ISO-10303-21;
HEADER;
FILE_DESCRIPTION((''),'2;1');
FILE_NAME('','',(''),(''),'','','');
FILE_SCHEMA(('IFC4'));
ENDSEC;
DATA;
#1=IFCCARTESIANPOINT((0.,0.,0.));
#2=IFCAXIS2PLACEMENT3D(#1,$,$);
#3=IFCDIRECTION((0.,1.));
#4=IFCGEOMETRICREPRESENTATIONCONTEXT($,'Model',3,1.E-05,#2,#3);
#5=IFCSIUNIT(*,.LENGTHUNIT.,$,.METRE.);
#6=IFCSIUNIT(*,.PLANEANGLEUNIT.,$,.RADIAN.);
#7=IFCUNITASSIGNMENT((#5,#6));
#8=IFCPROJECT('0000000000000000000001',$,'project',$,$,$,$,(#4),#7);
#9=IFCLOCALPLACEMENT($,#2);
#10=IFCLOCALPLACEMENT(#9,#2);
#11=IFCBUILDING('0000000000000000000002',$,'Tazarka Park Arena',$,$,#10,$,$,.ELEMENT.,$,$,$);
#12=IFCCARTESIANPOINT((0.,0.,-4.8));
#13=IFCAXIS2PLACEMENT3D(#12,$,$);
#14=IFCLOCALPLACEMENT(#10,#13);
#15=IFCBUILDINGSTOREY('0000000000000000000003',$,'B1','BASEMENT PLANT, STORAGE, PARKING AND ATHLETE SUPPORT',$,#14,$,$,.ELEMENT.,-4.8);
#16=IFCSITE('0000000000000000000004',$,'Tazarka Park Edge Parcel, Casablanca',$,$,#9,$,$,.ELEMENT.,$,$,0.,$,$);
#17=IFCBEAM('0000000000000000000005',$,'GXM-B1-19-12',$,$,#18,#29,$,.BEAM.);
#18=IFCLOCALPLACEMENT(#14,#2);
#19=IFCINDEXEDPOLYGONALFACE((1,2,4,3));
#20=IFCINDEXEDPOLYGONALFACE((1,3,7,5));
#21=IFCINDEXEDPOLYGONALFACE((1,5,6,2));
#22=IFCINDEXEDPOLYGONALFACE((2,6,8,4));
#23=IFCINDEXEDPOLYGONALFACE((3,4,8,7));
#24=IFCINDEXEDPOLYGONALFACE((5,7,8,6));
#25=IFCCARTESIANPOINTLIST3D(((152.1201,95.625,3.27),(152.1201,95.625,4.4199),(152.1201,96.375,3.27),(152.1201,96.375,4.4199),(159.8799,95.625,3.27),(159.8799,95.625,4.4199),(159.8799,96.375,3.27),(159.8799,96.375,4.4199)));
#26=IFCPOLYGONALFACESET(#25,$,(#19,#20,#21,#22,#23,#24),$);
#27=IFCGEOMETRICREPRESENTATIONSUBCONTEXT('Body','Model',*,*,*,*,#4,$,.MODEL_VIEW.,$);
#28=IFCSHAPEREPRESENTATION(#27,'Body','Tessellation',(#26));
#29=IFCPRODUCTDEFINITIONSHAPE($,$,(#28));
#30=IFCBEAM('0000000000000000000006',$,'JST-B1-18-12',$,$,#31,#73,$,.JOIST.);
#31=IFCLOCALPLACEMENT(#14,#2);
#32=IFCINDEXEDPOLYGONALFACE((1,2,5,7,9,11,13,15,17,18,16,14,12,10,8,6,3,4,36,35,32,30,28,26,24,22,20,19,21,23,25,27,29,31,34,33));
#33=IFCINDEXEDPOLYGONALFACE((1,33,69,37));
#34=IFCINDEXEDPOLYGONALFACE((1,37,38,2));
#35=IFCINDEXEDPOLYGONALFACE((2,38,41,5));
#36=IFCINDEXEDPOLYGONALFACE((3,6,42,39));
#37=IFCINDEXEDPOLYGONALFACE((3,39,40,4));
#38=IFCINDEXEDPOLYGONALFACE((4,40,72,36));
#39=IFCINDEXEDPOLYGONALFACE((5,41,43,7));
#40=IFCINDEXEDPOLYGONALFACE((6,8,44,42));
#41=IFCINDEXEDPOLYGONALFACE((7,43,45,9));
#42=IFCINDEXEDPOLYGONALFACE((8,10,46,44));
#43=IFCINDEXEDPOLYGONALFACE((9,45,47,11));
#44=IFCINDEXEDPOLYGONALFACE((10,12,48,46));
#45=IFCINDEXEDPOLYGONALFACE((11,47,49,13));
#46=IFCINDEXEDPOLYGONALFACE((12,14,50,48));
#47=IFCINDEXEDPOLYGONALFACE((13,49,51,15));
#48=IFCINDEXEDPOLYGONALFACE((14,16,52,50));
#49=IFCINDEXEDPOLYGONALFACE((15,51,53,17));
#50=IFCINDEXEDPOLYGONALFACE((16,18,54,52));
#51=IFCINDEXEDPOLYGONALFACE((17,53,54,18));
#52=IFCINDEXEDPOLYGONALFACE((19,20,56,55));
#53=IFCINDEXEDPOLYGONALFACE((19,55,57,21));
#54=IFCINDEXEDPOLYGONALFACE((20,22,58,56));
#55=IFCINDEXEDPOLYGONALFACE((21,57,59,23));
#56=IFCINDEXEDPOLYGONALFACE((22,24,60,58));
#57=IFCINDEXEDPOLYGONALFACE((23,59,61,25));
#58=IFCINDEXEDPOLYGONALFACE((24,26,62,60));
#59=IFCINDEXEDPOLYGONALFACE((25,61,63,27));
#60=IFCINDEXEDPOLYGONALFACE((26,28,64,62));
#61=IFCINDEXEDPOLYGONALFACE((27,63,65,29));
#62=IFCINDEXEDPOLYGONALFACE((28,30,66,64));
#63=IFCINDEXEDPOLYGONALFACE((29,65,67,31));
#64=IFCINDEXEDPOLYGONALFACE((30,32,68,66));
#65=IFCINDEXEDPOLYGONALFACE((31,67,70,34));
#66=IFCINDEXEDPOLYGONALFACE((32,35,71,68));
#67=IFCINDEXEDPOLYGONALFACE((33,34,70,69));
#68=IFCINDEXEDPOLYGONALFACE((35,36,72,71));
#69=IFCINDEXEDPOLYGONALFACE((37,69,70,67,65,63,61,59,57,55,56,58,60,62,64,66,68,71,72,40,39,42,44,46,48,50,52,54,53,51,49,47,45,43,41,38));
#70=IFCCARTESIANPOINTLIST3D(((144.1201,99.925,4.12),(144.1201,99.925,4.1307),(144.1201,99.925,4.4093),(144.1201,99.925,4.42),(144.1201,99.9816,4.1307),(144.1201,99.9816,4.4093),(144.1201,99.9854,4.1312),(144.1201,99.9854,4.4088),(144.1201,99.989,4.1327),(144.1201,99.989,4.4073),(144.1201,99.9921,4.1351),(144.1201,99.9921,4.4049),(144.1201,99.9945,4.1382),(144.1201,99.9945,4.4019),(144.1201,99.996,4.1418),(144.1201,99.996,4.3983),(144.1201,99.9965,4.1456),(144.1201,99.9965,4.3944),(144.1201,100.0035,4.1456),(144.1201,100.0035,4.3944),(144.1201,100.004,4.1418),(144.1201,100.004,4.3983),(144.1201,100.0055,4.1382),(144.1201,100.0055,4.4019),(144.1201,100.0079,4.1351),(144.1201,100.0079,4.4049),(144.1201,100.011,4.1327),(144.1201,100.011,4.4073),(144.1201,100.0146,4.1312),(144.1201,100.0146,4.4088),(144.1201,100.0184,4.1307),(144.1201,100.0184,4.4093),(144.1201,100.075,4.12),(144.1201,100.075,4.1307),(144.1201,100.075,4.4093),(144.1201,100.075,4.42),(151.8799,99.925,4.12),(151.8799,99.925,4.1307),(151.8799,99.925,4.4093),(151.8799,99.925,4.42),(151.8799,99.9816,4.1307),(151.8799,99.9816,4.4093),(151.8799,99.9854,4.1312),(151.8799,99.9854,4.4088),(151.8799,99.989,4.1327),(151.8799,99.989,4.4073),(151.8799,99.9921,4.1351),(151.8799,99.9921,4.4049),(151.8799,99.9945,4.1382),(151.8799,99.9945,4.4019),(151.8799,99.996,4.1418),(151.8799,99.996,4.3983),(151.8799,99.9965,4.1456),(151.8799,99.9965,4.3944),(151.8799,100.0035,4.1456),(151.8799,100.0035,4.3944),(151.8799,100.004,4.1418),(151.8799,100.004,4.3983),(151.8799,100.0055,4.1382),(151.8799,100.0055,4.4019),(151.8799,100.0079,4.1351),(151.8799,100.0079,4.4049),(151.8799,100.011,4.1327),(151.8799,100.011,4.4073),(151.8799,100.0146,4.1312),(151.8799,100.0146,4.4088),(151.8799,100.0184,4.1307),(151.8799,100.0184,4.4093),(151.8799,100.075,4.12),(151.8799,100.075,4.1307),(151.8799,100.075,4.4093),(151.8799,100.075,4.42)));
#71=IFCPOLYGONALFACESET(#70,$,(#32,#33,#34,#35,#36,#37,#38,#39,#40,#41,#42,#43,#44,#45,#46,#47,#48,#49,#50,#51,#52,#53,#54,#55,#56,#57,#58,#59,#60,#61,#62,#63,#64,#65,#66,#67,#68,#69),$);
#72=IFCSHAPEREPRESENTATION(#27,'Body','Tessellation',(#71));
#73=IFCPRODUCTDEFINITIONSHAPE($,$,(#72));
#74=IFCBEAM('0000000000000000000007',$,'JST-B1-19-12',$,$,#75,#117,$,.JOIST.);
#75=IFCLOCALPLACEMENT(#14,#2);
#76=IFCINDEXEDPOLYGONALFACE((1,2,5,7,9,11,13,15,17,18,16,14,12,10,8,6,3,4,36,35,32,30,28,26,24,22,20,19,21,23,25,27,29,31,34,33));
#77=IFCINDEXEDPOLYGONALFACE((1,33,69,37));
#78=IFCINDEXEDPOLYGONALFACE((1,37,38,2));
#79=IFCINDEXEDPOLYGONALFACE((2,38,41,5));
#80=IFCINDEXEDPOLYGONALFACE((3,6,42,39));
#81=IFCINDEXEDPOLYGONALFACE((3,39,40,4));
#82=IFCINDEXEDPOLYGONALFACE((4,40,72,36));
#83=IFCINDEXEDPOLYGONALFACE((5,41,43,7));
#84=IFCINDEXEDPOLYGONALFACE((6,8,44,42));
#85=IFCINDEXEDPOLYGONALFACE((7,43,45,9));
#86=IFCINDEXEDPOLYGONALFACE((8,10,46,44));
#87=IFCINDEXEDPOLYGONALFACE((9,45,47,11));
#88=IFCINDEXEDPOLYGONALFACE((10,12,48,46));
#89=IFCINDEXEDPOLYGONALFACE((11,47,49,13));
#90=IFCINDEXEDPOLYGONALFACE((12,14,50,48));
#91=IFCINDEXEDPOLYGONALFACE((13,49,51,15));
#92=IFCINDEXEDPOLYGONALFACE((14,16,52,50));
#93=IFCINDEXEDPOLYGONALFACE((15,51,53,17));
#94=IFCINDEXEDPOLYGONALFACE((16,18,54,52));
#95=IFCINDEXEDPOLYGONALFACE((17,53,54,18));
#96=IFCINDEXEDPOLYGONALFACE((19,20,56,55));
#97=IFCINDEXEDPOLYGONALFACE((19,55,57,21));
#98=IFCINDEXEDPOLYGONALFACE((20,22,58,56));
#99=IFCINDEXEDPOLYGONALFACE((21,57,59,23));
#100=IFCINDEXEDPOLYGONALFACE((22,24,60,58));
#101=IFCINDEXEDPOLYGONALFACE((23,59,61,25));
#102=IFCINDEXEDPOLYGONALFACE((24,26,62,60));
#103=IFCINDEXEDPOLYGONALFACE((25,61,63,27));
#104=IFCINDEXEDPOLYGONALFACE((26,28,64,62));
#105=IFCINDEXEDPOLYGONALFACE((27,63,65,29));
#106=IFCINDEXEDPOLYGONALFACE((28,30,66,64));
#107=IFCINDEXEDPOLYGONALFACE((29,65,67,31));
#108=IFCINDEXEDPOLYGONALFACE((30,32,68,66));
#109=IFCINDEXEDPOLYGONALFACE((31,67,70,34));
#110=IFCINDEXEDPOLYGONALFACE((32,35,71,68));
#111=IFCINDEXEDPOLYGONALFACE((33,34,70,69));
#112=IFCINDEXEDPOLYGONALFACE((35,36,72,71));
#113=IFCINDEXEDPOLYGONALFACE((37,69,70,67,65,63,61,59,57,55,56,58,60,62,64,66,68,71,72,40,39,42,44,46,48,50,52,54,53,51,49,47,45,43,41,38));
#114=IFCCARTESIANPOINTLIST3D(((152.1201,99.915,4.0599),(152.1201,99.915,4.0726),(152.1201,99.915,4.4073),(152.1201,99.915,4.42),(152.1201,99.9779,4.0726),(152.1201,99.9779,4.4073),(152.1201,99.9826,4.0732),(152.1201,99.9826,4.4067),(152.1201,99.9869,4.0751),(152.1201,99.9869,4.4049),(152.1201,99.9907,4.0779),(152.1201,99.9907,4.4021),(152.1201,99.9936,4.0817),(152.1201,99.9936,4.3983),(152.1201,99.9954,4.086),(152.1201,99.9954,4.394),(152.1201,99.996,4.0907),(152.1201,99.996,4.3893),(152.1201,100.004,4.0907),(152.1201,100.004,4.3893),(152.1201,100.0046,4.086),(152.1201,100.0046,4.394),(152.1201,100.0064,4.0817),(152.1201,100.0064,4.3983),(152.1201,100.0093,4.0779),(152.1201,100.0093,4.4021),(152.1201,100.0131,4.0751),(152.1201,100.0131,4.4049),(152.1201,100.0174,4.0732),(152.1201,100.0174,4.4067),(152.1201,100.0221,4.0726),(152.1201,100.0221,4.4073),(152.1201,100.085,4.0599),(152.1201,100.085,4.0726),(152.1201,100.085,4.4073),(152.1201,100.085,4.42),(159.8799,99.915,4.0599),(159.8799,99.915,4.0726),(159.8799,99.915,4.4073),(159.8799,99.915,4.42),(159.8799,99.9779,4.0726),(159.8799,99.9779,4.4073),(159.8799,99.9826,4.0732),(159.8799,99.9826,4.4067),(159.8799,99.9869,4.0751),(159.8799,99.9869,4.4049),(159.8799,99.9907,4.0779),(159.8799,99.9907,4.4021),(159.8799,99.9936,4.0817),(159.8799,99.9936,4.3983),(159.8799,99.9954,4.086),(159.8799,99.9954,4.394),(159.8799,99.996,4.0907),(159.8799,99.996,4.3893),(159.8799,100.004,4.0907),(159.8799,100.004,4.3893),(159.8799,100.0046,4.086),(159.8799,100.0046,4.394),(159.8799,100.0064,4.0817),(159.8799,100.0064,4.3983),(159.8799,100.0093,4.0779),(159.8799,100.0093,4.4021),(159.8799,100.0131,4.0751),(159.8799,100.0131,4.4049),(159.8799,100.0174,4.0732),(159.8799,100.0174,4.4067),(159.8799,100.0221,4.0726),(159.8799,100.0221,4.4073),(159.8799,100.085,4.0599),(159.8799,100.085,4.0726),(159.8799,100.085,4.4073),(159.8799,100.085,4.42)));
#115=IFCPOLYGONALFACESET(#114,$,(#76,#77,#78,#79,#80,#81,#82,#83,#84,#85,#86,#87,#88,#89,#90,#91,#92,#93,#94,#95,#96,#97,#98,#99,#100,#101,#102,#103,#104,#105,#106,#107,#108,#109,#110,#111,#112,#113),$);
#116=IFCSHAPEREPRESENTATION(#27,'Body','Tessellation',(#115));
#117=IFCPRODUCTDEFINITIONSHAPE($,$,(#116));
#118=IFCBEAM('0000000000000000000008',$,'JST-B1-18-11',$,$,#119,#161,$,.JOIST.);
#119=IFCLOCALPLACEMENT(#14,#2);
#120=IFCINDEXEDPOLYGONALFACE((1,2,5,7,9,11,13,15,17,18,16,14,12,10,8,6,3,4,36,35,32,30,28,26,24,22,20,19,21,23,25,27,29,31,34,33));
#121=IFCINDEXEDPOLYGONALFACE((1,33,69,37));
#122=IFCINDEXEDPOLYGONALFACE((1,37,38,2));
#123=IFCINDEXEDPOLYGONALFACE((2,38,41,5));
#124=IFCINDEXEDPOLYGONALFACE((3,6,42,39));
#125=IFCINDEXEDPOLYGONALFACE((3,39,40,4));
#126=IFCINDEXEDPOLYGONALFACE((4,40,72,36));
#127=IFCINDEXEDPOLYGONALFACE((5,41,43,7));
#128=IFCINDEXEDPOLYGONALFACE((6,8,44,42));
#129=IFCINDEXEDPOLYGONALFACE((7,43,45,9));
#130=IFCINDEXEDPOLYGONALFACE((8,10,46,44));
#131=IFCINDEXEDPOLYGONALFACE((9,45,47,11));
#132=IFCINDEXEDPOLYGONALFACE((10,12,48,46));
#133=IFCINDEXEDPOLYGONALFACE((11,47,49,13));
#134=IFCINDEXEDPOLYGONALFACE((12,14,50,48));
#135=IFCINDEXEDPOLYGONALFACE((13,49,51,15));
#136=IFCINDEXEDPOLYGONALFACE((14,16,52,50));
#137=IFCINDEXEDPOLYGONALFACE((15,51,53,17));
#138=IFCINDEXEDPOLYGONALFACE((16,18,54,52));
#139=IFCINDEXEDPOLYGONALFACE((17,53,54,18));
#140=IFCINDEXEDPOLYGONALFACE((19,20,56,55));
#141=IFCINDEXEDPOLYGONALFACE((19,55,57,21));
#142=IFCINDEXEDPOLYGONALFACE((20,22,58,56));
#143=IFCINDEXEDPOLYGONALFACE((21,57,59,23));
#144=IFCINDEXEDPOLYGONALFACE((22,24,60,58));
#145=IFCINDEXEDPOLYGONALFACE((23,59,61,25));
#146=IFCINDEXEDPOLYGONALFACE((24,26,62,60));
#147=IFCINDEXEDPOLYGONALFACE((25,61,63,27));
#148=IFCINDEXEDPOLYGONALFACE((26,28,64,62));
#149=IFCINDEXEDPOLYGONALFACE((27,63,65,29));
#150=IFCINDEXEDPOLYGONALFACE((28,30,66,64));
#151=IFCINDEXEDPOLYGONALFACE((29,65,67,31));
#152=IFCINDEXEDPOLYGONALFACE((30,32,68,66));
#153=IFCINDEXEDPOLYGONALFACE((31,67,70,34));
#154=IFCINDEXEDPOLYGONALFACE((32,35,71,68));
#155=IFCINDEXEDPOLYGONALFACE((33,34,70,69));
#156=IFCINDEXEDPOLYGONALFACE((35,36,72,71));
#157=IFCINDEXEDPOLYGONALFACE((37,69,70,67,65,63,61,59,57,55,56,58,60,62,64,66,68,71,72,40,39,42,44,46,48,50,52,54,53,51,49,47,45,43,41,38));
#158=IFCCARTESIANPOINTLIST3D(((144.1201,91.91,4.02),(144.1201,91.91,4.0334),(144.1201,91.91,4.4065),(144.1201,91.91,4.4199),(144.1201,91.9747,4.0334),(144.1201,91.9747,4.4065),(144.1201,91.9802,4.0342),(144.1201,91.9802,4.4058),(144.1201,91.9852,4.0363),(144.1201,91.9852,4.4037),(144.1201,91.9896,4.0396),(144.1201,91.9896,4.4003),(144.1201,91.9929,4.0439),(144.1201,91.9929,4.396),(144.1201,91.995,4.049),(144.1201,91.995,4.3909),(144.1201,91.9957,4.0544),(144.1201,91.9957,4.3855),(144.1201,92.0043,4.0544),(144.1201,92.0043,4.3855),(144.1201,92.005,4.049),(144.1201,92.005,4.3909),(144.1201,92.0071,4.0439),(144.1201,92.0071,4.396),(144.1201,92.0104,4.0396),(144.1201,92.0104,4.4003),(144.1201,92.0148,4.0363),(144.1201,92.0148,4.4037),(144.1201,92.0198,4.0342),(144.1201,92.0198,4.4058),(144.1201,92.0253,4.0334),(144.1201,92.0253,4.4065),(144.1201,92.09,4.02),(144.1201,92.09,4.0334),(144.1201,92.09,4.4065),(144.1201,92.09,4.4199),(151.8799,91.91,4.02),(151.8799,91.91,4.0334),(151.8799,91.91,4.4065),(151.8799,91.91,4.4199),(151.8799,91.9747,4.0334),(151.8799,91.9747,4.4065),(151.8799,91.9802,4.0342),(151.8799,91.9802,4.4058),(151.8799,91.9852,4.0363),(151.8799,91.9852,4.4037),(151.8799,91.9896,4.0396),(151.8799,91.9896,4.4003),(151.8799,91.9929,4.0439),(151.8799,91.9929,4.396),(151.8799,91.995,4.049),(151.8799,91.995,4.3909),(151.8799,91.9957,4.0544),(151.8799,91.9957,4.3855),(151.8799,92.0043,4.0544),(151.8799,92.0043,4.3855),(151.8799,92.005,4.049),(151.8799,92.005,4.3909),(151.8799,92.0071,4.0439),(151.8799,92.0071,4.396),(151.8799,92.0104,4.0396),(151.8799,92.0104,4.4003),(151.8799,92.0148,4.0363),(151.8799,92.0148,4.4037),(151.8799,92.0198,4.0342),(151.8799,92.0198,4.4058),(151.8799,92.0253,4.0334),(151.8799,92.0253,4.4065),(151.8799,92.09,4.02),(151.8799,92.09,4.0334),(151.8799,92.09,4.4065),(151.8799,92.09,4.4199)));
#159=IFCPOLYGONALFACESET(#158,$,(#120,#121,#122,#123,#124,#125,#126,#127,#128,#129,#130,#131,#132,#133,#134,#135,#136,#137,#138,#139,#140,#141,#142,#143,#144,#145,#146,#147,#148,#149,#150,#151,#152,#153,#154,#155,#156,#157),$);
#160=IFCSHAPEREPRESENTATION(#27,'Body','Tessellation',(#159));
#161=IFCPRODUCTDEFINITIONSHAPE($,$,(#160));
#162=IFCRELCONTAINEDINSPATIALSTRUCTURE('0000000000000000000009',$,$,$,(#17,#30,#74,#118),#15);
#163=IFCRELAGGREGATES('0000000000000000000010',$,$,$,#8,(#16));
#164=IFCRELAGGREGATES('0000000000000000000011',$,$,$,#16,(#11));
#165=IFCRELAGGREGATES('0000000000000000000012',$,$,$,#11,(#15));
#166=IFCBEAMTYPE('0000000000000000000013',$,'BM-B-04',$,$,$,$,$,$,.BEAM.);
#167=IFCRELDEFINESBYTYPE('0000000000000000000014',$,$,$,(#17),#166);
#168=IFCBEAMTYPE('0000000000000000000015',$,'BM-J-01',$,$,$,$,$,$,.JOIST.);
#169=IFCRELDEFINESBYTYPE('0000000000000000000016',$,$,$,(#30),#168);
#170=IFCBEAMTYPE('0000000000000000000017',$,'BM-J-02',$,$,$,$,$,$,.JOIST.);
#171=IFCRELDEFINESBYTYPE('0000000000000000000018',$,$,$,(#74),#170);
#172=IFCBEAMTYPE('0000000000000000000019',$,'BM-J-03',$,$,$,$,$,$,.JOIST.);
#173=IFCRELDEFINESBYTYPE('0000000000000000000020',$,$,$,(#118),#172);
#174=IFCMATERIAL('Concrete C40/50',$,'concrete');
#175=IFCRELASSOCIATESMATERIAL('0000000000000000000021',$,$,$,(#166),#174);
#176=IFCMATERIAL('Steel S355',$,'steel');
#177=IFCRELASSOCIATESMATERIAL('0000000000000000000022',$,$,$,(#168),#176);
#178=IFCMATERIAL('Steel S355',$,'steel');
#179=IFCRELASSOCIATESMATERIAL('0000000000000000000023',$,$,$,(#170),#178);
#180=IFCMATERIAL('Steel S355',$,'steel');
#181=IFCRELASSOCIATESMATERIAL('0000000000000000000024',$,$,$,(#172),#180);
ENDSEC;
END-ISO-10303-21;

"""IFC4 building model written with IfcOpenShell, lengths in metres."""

from ifc_helpers import new_model, si_unit, direction, frame, origin, origin_2d, place, context, subcontext, project, spatial, rectangle, i_section, extrude, material, material_profile, profile_set, type_object, element, save


model = new_model("IFC4")

# Units and contexts
model_context = context("Model", 3, precision=1e-05, world=origin(), true_north=direction((0.0, 1.0)))
body_context = subcontext(model_context, "Body", "Model", "MODEL_VIEW")
ifc_project = project(units=[si_unit("LENGTHUNIT", "METRE"), si_unit("PLANEANGLEUNIT", "RADIAN")], contexts=[model_context])

# Site, building, storey
site_placement = place(None, origin())
site = spatial("IfcSite", under=ifc_project, at=site_placement, Name="Tazarka Park Edge Parcel, Casablanca", CompositionType="ELEMENT", RefElevation=0.0)
building_placement = place(site_placement, origin())
building = spatial("IfcBuilding", under=site, at=building_placement, Name="Tazarka Park Arena", CompositionType="ELEMENT")
storey_placement = place(building_placement, frame((0.0, 0.0, -4.8)))
storey = spatial("IfcBuildingStorey", under=building, at=storey_placement, Name="B1", Description="BASEMENT PLANT, STORAGE, PARKING AND ATHLETE SUPPORT", CompositionType="ELEMENT", Elevation=-4.8)

# Beams
ifc_material_1 = material(Name="Concrete C40/50", Category="concrete")
ifc_material_profile_1 = material_profile(ifc_material_1, rectangle(XDim=0.75, YDim=1.1499, at=origin_2d()), Name="Concrete C40/50")
ifc_profile_set_1 = profile_set([ifc_material_profile_1], Name="Concrete C40/50")
beam_type_1 = type_object("IfcBeamType", Name="BM-B-04", PredefinedType="BEAM", material=ifc_profile_set_1)
for number, where, z_axis, x_axis, name in (
    (1, (152.1201, 96.0, 3.845), (1.0, 0.0, 0.0), (0.0, 1.0, 0.0), "GXM-B1-19-12"),
):
    element("IfcBeam", number, at=place(storey_placement, frame(where, z_axis=z_axis, x_axis=x_axis)), inside=storey, type_object=beam_type_1, Name=name, PredefinedType="BEAM", context=body_context, shape_type="SweptSolid", body=[
        extrude(rectangle(XDim=0.75, YDim=1.1499, at=origin_2d()), origin(), (0.0, 0.0, 1.0), 7.7598),
    ])
ifc_material_2 = material(Name="Steel S355", Category="steel")
ifc_material_profile_2 = material_profile(ifc_material_2, i_section(OverallWidth=0.1499, OverallDepth=0.3, WebThickness=0.0071, FlangeThickness=0.0107, FilletRadius=0.0149, at=origin_2d()), Name="Steel S355")
ifc_profile_set_2 = profile_set([ifc_material_profile_2], Name="Steel S355")
beam_type_2 = type_object("IfcBeamType", Name="BM-J-01", PredefinedType="JOIST", material=ifc_profile_set_2)
beam_1_placement = place(storey_placement, frame((144.1201, 100.0, 4.27), z_axis=(1.0, 0.0, 0.0), x_axis=(0.0, 1.0, 0.0)))
element("IfcBeam", 2, at=beam_1_placement, inside=storey, type_object=beam_type_2, Name="JST-B1-18-12", PredefinedType="JOIST", context=body_context, shape_type="SweptSolid", body=[
    extrude(i_section(OverallWidth=0.1499, OverallDepth=0.3, WebThickness=0.0071, FlangeThickness=0.0107, FilletRadius=0.0149, at=origin_2d()), origin(), (0.0, 0.0, 1.0), 7.7598),
])
ifc_material_3 = material(Name="Steel S355", Category="steel")
ifc_material_profile_3 = material_profile(ifc_material_3, i_section(OverallWidth=0.1699, OverallDepth=0.3601, WebThickness=0.0081, FlangeThickness=0.0127, FilletRadius=0.0181, at=origin_2d()), Name="Steel S355")
ifc_profile_set_3 = profile_set([ifc_material_profile_3], Name="Steel S355")
beam_type_3 = type_object("IfcBeamType", Name="BM-J-02", PredefinedType="JOIST", material=ifc_profile_set_3)
beam_2_placement = place(storey_placement, frame((152.1201, 100.0, 4.24), z_axis=(1.0, 0.0, 0.0), x_axis=(0.0, 1.0, 0.0)))
element("IfcBeam", 3, at=beam_2_placement, inside=storey, type_object=beam_type_3, Name="JST-B1-19-12", PredefinedType="JOIST", context=body_context, shape_type="SweptSolid", body=[
    extrude(i_section(OverallWidth=0.1699, OverallDepth=0.3601, WebThickness=0.0081, FlangeThickness=0.0127, FilletRadius=0.0181, at=origin_2d()), origin(), (0.0, 0.0, 1.0), 7.7598),
])
ifc_material_4 = material(Name="Steel S355", Category="steel")
ifc_material_profile_4 = material_profile(ifc_material_4, i_section(OverallWidth=0.1799, OverallDepth=0.3999, WebThickness=0.0085, FlangeThickness=0.0134, FilletRadius=0.021, at=origin_2d()), Name="Steel S355")
ifc_profile_set_4 = profile_set([ifc_material_profile_4], Name="Steel S355")
beam_type_4 = type_object("IfcBeamType", Name="BM-J-03", PredefinedType="JOIST", material=ifc_profile_set_4)
beam_3_placement = place(storey_placement, frame((144.1201, 92.0, 4.22), z_axis=(1.0, 0.0, 0.0), x_axis=(0.0, 1.0, 0.0)))
element("IfcBeam", 4, at=beam_3_placement, inside=storey, type_object=beam_type_4, Name="JST-B1-18-11", PredefinedType="JOIST", context=body_context, shape_type="SweptSolid", body=[
    extrude(i_section(OverallWidth=0.1799, OverallDepth=0.3999, WebThickness=0.0085, FlangeThickness=0.0134, FilletRadius=0.021, at=origin_2d()), origin(), (0.0, 0.0, 1.0), 7.7598),
])

save(model, "model.ifc")
